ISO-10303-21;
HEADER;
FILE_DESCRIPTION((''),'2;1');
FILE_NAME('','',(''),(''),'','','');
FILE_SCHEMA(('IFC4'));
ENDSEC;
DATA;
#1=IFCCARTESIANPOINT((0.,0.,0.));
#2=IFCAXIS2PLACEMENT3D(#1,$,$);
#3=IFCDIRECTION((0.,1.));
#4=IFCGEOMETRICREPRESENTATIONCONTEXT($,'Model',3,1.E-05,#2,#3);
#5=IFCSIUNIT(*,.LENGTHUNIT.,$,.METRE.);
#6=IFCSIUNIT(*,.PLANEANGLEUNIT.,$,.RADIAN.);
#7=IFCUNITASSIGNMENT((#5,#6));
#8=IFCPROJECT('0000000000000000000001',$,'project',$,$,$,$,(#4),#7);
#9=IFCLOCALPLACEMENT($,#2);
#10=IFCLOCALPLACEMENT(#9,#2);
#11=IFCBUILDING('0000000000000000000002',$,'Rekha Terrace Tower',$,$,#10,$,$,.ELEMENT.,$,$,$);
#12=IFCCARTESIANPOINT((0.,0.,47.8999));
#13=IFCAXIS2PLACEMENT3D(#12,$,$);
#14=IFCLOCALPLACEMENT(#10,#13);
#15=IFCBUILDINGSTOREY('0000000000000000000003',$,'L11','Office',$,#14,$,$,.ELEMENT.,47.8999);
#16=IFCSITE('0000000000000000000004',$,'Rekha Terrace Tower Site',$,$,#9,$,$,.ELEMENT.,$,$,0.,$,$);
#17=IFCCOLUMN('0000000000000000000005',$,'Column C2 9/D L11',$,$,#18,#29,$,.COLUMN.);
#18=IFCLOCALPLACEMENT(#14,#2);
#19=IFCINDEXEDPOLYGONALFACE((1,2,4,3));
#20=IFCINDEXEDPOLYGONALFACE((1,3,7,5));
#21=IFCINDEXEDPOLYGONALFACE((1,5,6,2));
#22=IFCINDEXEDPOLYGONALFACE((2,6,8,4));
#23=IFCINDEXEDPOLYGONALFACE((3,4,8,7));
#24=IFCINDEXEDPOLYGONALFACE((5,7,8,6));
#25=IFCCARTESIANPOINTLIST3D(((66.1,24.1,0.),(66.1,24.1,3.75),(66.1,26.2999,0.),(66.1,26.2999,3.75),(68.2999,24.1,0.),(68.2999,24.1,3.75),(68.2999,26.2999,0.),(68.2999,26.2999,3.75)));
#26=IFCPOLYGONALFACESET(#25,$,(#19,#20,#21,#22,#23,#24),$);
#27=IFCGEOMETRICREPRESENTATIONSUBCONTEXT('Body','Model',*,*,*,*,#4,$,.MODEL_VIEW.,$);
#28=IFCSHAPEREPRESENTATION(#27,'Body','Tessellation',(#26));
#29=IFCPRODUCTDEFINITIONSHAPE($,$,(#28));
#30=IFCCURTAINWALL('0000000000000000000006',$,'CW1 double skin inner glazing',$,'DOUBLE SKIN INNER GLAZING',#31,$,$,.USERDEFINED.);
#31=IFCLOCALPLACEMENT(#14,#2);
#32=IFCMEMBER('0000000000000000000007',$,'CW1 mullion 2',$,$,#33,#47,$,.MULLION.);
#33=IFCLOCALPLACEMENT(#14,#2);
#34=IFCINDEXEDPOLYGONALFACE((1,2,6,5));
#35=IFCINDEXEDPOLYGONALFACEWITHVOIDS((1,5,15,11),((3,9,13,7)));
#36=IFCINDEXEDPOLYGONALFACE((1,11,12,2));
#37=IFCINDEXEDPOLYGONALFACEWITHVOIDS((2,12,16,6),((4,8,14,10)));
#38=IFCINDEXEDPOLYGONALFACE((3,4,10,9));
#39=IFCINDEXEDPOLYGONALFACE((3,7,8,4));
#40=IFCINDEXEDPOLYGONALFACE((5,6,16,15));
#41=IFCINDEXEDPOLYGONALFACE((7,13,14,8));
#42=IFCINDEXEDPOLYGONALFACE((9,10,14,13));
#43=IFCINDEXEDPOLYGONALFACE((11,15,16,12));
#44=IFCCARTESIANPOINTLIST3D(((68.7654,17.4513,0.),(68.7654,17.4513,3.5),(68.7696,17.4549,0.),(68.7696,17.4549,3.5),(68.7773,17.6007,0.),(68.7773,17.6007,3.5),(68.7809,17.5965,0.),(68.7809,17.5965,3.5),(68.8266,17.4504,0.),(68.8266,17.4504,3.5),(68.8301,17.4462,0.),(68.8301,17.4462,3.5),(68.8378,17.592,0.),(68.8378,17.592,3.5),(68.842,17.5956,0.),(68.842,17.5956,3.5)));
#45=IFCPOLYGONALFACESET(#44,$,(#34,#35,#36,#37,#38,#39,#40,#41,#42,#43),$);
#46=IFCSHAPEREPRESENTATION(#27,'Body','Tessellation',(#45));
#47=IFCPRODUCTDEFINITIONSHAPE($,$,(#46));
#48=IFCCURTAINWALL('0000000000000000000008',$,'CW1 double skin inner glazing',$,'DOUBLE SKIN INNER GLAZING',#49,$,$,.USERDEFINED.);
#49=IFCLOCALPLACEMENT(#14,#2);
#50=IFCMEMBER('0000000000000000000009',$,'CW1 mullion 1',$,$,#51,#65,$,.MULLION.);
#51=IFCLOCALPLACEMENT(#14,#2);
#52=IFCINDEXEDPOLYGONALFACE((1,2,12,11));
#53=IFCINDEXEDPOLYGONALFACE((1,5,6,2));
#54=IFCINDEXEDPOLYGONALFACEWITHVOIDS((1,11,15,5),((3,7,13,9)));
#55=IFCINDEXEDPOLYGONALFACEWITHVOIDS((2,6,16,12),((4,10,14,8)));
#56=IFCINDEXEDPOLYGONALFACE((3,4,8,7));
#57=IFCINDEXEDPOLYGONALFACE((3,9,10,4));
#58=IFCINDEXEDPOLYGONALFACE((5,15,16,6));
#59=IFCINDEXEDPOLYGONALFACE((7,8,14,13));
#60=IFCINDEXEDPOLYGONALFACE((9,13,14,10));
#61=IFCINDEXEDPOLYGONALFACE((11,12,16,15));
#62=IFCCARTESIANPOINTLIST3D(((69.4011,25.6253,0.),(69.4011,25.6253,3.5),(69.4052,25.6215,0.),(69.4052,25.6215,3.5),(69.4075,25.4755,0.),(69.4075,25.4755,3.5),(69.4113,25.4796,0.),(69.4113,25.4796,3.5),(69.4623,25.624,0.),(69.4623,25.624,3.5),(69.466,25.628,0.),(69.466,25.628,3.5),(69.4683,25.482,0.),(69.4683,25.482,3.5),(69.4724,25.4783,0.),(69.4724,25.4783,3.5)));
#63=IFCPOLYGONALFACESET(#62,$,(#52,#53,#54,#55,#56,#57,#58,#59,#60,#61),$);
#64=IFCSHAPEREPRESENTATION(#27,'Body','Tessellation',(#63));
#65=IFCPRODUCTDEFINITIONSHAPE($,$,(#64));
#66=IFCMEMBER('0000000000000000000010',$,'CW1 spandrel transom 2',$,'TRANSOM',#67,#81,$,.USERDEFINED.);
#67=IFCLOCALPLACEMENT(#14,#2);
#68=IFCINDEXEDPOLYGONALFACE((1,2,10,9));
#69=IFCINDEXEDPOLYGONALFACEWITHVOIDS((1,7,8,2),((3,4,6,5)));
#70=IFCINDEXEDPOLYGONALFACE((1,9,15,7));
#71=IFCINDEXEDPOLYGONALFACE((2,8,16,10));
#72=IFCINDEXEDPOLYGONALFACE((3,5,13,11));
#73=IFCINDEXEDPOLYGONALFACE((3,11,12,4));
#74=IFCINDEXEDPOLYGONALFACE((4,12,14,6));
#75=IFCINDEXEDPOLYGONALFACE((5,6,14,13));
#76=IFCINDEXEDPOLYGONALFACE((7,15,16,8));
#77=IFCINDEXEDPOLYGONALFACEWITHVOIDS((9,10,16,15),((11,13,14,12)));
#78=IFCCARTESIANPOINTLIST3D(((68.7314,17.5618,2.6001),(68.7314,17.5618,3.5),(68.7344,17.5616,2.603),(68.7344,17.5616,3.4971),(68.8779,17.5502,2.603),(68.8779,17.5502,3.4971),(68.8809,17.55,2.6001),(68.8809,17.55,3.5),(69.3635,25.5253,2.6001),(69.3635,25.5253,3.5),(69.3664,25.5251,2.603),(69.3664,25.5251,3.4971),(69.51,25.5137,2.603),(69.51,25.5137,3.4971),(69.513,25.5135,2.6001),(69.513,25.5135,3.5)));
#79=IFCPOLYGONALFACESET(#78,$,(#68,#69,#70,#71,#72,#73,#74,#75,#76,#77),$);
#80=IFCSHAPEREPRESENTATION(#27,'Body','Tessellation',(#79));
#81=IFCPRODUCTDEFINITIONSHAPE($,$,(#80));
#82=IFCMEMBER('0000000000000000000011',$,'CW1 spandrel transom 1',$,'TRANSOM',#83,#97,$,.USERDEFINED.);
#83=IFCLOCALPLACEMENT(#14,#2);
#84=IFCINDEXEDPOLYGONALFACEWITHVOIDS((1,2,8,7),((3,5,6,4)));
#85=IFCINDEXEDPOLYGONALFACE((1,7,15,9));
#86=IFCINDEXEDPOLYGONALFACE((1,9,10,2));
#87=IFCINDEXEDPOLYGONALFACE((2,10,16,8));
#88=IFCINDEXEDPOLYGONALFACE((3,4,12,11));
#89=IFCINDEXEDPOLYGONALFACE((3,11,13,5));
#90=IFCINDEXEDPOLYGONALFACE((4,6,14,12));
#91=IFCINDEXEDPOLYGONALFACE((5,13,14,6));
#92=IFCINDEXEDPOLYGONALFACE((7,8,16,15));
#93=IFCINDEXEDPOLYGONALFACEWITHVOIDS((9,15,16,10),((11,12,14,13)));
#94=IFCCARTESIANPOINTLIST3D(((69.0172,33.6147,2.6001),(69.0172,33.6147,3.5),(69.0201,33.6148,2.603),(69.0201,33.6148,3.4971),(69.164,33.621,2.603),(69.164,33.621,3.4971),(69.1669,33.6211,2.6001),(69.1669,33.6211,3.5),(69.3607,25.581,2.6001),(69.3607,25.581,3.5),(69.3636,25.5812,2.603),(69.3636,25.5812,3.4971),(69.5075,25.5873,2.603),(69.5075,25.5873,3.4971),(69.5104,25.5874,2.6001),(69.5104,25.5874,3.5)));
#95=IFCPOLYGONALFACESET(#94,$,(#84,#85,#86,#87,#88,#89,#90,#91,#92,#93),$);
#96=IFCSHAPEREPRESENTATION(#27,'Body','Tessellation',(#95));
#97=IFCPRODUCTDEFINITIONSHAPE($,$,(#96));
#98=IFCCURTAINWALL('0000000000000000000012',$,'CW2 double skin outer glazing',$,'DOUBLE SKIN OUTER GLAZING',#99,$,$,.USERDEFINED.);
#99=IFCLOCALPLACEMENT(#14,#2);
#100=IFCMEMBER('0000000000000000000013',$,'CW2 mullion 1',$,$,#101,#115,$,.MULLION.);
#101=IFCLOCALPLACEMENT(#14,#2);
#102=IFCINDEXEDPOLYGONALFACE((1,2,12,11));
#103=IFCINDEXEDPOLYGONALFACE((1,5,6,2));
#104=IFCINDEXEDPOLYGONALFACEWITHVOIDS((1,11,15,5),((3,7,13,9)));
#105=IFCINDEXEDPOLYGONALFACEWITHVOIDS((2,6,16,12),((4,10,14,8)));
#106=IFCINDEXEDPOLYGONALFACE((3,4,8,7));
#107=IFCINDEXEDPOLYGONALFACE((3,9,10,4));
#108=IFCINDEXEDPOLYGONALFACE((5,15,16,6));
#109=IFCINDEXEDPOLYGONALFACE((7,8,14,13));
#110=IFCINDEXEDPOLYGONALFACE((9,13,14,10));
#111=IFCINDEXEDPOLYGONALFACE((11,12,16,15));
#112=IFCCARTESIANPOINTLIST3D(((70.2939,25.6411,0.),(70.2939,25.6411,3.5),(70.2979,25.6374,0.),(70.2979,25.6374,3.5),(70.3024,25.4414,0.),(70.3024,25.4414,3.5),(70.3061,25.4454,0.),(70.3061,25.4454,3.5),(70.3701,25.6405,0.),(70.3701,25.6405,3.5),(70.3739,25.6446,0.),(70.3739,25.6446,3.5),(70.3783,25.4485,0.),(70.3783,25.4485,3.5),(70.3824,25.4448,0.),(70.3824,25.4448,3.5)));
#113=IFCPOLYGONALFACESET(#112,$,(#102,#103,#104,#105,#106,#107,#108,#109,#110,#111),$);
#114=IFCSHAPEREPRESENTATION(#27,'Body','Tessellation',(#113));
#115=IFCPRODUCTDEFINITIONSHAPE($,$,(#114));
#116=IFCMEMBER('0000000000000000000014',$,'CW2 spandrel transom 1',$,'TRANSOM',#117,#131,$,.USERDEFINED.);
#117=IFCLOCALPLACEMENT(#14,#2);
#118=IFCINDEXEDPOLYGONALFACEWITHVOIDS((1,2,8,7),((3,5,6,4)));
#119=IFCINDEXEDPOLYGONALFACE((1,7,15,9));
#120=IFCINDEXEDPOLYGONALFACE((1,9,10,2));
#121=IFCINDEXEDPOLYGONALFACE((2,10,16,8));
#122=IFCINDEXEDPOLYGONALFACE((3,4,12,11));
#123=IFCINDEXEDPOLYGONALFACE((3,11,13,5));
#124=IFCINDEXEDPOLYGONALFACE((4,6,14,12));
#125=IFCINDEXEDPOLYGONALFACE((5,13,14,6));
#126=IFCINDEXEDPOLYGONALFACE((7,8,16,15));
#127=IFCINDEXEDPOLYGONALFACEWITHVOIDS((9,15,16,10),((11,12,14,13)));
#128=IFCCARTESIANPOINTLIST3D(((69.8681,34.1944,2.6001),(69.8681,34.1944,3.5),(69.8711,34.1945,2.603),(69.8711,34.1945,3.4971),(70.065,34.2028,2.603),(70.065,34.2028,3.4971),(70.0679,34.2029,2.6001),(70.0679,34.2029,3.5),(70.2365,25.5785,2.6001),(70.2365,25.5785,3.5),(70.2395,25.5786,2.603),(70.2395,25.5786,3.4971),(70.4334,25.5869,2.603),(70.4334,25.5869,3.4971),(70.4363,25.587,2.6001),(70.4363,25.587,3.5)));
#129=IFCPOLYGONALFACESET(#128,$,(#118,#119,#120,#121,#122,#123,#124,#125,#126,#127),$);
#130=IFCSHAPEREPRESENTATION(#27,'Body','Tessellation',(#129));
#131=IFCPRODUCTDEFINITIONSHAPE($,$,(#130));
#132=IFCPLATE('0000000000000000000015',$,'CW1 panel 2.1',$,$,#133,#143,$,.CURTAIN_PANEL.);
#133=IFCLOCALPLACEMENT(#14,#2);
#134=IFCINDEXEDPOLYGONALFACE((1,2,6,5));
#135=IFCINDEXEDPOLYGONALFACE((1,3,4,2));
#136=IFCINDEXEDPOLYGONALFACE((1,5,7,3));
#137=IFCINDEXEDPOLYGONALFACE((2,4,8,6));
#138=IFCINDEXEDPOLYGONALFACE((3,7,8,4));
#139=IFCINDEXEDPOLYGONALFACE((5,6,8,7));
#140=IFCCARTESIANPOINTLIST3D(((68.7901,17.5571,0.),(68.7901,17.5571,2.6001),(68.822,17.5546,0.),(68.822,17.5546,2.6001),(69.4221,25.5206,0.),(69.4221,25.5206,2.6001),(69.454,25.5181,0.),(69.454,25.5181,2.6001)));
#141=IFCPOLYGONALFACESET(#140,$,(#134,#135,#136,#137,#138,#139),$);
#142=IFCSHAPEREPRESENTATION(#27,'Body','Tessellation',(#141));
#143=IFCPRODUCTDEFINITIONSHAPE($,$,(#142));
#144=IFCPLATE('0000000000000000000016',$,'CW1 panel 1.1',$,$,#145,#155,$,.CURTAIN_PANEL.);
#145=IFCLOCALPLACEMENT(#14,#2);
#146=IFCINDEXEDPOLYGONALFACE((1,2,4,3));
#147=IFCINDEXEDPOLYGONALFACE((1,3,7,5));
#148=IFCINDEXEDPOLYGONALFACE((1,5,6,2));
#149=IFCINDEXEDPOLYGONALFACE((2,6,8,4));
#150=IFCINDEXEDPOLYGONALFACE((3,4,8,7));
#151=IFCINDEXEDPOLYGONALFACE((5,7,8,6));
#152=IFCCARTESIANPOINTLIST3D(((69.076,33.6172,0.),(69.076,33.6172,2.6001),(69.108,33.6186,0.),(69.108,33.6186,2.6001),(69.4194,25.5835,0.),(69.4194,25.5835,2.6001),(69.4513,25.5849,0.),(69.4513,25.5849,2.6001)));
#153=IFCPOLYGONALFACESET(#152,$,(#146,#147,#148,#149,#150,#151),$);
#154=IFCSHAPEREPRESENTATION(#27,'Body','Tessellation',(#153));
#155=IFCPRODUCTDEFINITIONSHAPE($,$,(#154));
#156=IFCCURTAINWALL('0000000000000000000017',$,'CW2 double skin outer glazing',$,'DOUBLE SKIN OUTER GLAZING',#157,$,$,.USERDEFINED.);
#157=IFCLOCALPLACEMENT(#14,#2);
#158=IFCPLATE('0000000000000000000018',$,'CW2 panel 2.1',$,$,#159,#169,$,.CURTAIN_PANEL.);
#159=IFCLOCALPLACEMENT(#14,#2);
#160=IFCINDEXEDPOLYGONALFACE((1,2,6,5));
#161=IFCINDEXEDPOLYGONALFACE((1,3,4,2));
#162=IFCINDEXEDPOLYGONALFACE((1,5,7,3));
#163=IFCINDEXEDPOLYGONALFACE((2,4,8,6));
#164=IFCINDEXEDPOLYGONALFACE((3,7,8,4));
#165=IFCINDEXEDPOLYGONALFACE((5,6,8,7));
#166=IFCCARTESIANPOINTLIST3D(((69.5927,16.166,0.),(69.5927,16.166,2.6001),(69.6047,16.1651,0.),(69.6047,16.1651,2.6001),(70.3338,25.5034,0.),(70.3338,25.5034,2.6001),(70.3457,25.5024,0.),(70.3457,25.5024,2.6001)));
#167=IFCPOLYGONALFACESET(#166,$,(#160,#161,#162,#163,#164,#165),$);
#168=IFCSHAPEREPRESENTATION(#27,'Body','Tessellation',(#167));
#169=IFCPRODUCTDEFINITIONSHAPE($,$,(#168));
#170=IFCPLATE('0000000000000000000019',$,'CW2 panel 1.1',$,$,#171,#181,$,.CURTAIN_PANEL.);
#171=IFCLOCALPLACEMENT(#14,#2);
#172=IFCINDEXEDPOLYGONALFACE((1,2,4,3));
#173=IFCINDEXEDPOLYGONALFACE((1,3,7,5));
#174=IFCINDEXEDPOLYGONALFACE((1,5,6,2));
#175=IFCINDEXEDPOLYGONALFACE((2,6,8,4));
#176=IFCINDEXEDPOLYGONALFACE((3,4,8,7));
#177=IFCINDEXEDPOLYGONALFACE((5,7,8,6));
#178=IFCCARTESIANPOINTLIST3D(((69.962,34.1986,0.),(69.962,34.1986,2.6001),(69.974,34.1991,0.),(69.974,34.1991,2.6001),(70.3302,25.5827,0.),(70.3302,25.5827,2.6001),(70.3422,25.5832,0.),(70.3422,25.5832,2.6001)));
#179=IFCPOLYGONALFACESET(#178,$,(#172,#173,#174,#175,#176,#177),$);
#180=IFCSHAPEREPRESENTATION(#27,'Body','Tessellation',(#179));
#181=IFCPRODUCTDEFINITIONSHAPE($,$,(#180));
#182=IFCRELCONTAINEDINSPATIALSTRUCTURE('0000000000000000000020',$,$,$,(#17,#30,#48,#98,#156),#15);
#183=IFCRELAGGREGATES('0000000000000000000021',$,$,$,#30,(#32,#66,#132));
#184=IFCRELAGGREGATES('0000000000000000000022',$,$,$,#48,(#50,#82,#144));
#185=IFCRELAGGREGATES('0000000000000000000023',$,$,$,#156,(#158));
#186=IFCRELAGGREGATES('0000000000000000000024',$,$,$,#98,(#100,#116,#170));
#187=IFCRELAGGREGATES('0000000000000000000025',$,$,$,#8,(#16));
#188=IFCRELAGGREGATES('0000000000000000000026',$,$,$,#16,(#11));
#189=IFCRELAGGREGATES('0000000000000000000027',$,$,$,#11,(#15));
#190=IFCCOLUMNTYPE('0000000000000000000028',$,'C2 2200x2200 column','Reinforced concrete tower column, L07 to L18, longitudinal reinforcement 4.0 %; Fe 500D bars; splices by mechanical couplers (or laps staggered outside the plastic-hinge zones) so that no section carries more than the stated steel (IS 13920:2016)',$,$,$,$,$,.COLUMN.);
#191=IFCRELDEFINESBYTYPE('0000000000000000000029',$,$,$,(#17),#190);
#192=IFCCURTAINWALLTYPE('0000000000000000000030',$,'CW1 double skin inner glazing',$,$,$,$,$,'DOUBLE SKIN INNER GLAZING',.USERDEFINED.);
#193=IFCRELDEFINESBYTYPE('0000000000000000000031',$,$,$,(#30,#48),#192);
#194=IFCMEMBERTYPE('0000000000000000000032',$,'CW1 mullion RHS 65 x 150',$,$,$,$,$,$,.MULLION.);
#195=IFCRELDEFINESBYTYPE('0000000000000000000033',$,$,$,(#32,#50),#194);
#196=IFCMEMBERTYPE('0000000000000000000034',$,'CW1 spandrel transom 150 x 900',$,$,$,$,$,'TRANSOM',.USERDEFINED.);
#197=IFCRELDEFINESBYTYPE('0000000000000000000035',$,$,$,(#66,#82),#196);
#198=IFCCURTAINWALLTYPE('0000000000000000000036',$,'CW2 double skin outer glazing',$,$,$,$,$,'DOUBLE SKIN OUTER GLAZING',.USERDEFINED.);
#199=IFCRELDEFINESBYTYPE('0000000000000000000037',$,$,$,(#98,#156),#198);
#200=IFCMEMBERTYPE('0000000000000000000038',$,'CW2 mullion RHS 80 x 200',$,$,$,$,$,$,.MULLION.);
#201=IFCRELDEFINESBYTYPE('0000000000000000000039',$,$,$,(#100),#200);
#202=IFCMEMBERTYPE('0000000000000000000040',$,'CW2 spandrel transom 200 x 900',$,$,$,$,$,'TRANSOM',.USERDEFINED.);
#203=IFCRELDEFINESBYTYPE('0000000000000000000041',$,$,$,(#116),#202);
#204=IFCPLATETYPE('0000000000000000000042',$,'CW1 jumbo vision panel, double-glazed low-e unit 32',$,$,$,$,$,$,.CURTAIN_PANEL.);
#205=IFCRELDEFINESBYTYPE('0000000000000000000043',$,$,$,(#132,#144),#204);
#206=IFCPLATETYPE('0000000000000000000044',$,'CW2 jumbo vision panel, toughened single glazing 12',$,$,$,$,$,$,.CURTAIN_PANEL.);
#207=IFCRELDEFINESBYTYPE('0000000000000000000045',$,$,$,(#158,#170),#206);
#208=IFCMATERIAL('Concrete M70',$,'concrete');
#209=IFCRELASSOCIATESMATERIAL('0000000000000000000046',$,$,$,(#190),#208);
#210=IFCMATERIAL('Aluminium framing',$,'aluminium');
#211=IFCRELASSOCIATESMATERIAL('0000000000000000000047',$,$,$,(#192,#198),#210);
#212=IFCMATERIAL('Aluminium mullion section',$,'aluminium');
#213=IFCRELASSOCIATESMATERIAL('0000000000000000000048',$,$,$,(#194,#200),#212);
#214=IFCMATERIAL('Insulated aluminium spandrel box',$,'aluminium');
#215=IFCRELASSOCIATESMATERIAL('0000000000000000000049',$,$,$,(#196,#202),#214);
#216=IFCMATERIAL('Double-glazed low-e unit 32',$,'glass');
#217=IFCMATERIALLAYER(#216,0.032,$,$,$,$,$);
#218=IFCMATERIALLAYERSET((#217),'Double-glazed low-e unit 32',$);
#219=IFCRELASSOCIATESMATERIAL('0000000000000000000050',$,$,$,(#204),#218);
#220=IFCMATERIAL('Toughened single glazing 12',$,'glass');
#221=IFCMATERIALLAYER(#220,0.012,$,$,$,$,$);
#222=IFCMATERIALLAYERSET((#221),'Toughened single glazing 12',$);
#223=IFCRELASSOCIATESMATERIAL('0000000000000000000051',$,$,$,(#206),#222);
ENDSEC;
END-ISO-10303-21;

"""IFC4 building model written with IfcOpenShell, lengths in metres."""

from ifc_helpers import new_model, si_unit, direction, frame, origin, origin_2d, place, context, subcontext, project, spatial, rectangle, hollow_rectangle, extrude, material, layer, layer_set, material_profile, profile_set, type_object, element, aggregate, save


model = new_model("IFC4")

# Units and contexts
model_context = context("Model", 3, precision=1e-05, world=origin(), true_north=direction((0.0, 1.0)))
body_context = subcontext(model_context, "Body", "Model", "MODEL_VIEW")
ifc_project = project(units=[si_unit("LENGTHUNIT", "METRE"), si_unit("PLANEANGLEUNIT", "RADIAN")], contexts=[model_context])

# Site, building, storey
site_placement = place(None, origin())
site = spatial("IfcSite", under=ifc_project, at=site_placement, Name="Rekha Terrace Tower Site", CompositionType="ELEMENT", RefElevation=0.0)
building_placement = place(site_placement, origin())
building = spatial("IfcBuilding", under=site, at=building_placement, Name="Rekha Terrace Tower", CompositionType="ELEMENT")
storey_placement = place(building_placement, frame((0.0, 0.0, 47.8999)))
storey = spatial("IfcBuildingStorey", under=building, at=storey_placement, Name="L11", Description="Office", CompositionType="ELEMENT", Elevation=47.8999)

# Column
ifc_material_1 = material(Name="Concrete M70", Category="concrete")
ifc_material_profile_1 = material_profile(ifc_material_1, rectangle(XDim=2.2, YDim=2.2, at=origin_2d()), Name="RC 2200x2200")
ifc_profile_set_1 = profile_set([ifc_material_profile_1], Name="Concrete M70")
column_type = type_object("IfcColumnType", Name="C2 2200x2200 column", Description="Reinforced concrete tower column, L07 to L18, longitudinal reinforcement 4.0 %; Fe 500D bars; splices by mechanical couplers (or laps staggered outside the plastic-hinge zones) so that no section carries more than the stated steel (IS 13920:2016)", PredefinedType="COLUMN", material=ifc_profile_set_1)
column_placement = place(storey_placement, frame((67.2, 25.2, 0.0), z_axis=(0.0, 0.0, 1.0), x_axis=(1.0, 0.0, 0.0)))
element("IfcColumn", 1, at=column_placement, inside=storey, type_object=column_type, Name="Column C2 9/D L11", PredefinedType="COLUMN", context=body_context, shape_type="SweptSolid", body=[
    extrude(rectangle(XDim=2.2, YDim=2.2, at=origin_2d()), origin(), (0.0, 0.0, 1.0), 3.75),
])

# Curtain walls, members
ifc_material_2 = material(Name="Aluminium framing", Category="aluminium")
curtain_wall_type_1 = type_object("IfcCurtainWallType", Name="CW1 double skin inner glazing", ElementType="DOUBLE SKIN INNER GLAZING", PredefinedType="USERDEFINED", material=ifc_material_2)
curtain_wall_1_placement = place(storey_placement, origin())
curtain_wall_1 = element("IfcCurtainWall", 2, at=curtain_wall_1_placement, inside=storey, type_object=curtain_wall_type_1, Name="CW1 double skin inner glazing", ObjectType="DOUBLE SKIN INNER GLAZING", PredefinedType="USERDEFINED")
ifc_material_3 = material(Name="Aluminium mullion section", Category="aluminium")
ifc_material_profile_2 = material_profile(ifc_material_3, hollow_rectangle(XDim=0.0649, YDim=0.1499, WallThickness=0.0039, at=origin_2d()), Name="AL RHS 65x150")
ifc_profile_set_2 = profile_set([ifc_material_profile_2], Name="Aluminium mullion section")
member_type_1 = type_object("IfcMemberType", Name="CW1 mullion RHS 65 x 150", PredefinedType="MULLION", material=ifc_profile_set_2)
member_1_placement = place(storey_placement, frame((68.8037, 17.5234, 0.0), z_axis=(0.0, 0.0, 1.0), x_axis=(-0.996865, 0.079116, 0.0)))
member_1 = element("IfcMember", 3, at=member_1_placement, type_object=member_type_1, Name="CW1 mullion 2", PredefinedType="MULLION", context=body_context, shape_type="SweptSolid", body=[
    extrude(hollow_rectangle(XDim=0.0649, YDim=0.1499, WallThickness=0.0039, at=origin_2d()), origin(), (0.0, 0.0, 1.0), 3.5),
])
curtain_wall_2_placement = place(storey_placement, origin())
curtain_wall_2 = element("IfcCurtainWall", 4, at=curtain_wall_2_placement, inside=storey, type_object=curtain_wall_type_1, Name="CW1 double skin inner glazing", ObjectType="DOUBLE SKIN INNER GLAZING", PredefinedType="USERDEFINED")
member_2_placement = place(storey_placement, frame((69.4368, 25.5518, 0.0), z_axis=(0.0, 0.0, 1.0), x_axis=(-0.999088, -0.042696, 0.0)))
member_2 = element("IfcMember", 5, at=member_2_placement, type_object=member_type_1, Name="CW1 mullion 1", PredefinedType="MULLION", context=body_context, shape_type="SweptSolid", body=[
    extrude(hollow_rectangle(XDim=0.0649, YDim=0.1499, WallThickness=0.0039, at=origin_2d()), origin(), (0.0, 0.0, 1.0), 3.5),
])

# Members
ifc_material_4 = material(Name="Insulated aluminium spandrel box", Category="aluminium")
ifc_material_profile_3 = material_profile(ifc_material_4, hollow_rectangle(XDim=0.1499, YDim=0.8999, WallThickness=0.0029, at=origin_2d()), Name="AL SPANDREL BOX 150x900")
ifc_profile_set_3 = profile_set([ifc_material_profile_3], Name="Insulated aluminium spandrel box")
member_type_2 = type_object("IfcMemberType", Name="CW1 spandrel transom 150 x 900", ElementType="TRANSOM", PredefinedType="USERDEFINED", material=ifc_profile_set_3)
member_3_placement = place(storey_placement, frame((68.8062, 17.5559, 3.05), z_axis=(0.079124, 0.996865, 0.0), x_axis=(-0.996865, 0.079124, 0.0)))
member_3 = element("IfcMember", 6, at=member_3_placement, type_object=member_type_2, Name="CW1 spandrel transom 2", ObjectType="TRANSOM", PredefinedType="USERDEFINED", context=body_context, shape_type="SweptSolid", body=[
    extrude(hollow_rectangle(XDim=0.1499, YDim=0.8999, WallThickness=0.0029, at=origin_2d()), origin(), (0.0, 0.0, 1.0), 7.9885),
])
member_4_placement = place(storey_placement, frame((69.4355, 25.5842, 3.05), z_axis=(-0.042719, 0.999087, 0.0), x_axis=(-0.999087, -0.042719, 0.0)))
member_4 = element("IfcMember", 7, at=member_4_placement, type_object=member_type_2, Name="CW1 spandrel transom 1", ObjectType="TRANSOM", PredefinedType="USERDEFINED", context=body_context, shape_type="SweptSolid", body=[
    extrude(hollow_rectangle(XDim=0.1499, YDim=0.8999, WallThickness=0.0029, at=origin_2d()), origin(), (0.0, 0.0, 1.0), 8.041),
])

# Curtain wall, members
curtain_wall_type_2 = type_object("IfcCurtainWallType", Name="CW2 double skin outer glazing", ElementType="DOUBLE SKIN OUTER GLAZING", PredefinedType="USERDEFINED", material=ifc_material_2)
curtain_wall_3_placement = place(storey_placement, origin())
curtain_wall_3 = element("IfcCurtainWall", 8, at=curtain_wall_3_placement, inside=storey, type_object=curtain_wall_type_2, Name="CW2 double skin outer glazing", ObjectType="DOUBLE SKIN OUTER GLAZING", PredefinedType="USERDEFINED")
ifc_material_profile_4 = material_profile(ifc_material_3, hollow_rectangle(XDim=0.0801, YDim=0.2, WallThickness=0.0039, at=origin_2d()), Name="AL RHS 80x200")
ifc_profile_set_4 = profile_set([ifc_material_profile_4], Name="Aluminium mullion section")
member_type_3 = type_object("IfcMemberType", Name="CW2 mullion RHS 80 x 200", PredefinedType="MULLION", material=ifc_profile_set_4)
member_5_placement = place(storey_placement, frame((70.3381, 25.543, 0.0), z_axis=(0.0, 0.0, 1.0), x_axis=(-0.999088, -0.042696, 0.0)))
member_5 = element("IfcMember", 9, at=member_5_placement, type_object=member_type_3, Name="CW2 mullion 1", PredefinedType="MULLION", context=body_context, shape_type="SweptSolid", body=[
    extrude(hollow_rectangle(XDim=0.0801, YDim=0.2, WallThickness=0.0039, at=origin_2d()), origin(), (0.0, 0.0, 1.0), 3.5),
])
ifc_material_profile_5 = material_profile(ifc_material_4, hollow_rectangle(XDim=0.2, YDim=0.8999, WallThickness=0.0029, at=origin_2d()), Name="AL SPANDREL BOX 200x900")
ifc_profile_set_5 = profile_set([ifc_material_profile_5], Name="Insulated aluminium spandrel box")
member_type_4 = type_object("IfcMemberType", Name="CW2 spandrel transom 200 x 900", ElementType="TRANSOM", PredefinedType="USERDEFINED", material=ifc_profile_set_5)
member_6_placement = place(storey_placement, frame((70.3364, 25.5828, 3.05), z_axis=(-0.04272, 0.999087, 0.0), x_axis=(-0.999087, -0.04272, 0.0)))
member_6 = element("IfcMember", 10, at=member_6_placement, type_object=member_type_4, Name="CW2 spandrel transom 1", ObjectType="TRANSOM", PredefinedType="USERDEFINED", context=body_context, shape_type="SweptSolid", body=[
    extrude(hollow_rectangle(XDim=0.2, YDim=0.8999, WallThickness=0.0029, at=origin_2d()), origin(), (0.0, 0.0, 1.0), 8.6238),
])

# Plates
ifc_material_5 = material(Name="Double-glazed low-e unit 32", Category="glass")
ifc_layer_1 = layer(ifc_material_5, 0.032)
ifc_layer_set_1 = layer_set([ifc_layer_1], Name="Double-glazed low-e unit 32")
plate_type_1 = type_object("IfcPlateType", Name="CW1 jumbo vision panel, double-glazed low-e unit 32", PredefinedType="CURTAIN_PANEL", material=ifc_layer_set_1)
plate_1_placement = place(storey_placement, frame((69.1221, 21.5376, 0.0), z_axis=(0.0, 0.0, 1.0), x_axis=(0.079116, 0.996865, 0.0)))
plate_1 = element("IfcPlate", 11, at=plate_1_placement, type_object=plate_type_1, Name="CW1 panel 2.1", PredefinedType="CURTAIN_PANEL", context=body_context, shape_type="SweptSolid", body=[
    extrude(rectangle(XDim=7.9885, YDim=0.032, at=origin_2d()), origin(), (0.0, 0.0, 1.0), 2.6001),
])
aggregate(curtain_wall_1, [member_1, member_3, plate_1])
plate_2_placement = place(storey_placement, frame((69.2637, 29.6011, 0.0), z_axis=(0.0, 0.0, 1.0), x_axis=(-0.042696, 0.999088, 0.0)))
plate_2 = element("IfcPlate", 12, at=plate_2_placement, type_object=plate_type_1, Name="CW1 panel 1.1", PredefinedType="CURTAIN_PANEL", context=body_context, shape_type="SweptSolid", body=[
    extrude(rectangle(XDim=8.041, YDim=0.032, at=origin_2d()), origin(), (0.0, 0.0, 1.0), 2.6001),
])
aggregate(curtain_wall_2, [member_2, member_4, plate_2])

# Curtain wall, plate
curtain_wall_4_placement = place(storey_placement, origin())
curtain_wall_4 = element("IfcCurtainWall", 13, at=curtain_wall_4_placement, inside=storey, type_object=curtain_wall_type_2, Name="CW2 double skin outer glazing", ObjectType="DOUBLE SKIN OUTER GLAZING", PredefinedType="USERDEFINED")
ifc_material_6 = material(Name="Toughened single glazing 12", Category="glass")
ifc_layer_2 = layer(ifc_material_6, 0.012)
ifc_layer_set_2 = layer_set([ifc_layer_2], Name="Toughened single glazing 12")
plate_type_2 = type_object("IfcPlateType", Name="CW2 jumbo vision panel, toughened single glazing 12", PredefinedType="CURTAIN_PANEL", material=ifc_layer_set_2)
plate_3_placement = place(storey_placement, frame((69.9692, 20.8342, 0.0), z_axis=(0.0, 0.0, 1.0), x_axis=(0.079116, 0.996865, 0.0)))
plate_3 = element("IfcPlate", 14, at=plate_3_placement, type_object=plate_type_2, Name="CW2 panel 2.1", PredefinedType="CURTAIN_PANEL", context=body_context, shape_type="SweptSolid", body=[
    extrude(rectangle(XDim=9.3667, YDim=0.012, at=origin_2d()), origin(), (0.0, 0.0, 1.0), 2.6001),
])
aggregate(curtain_wall_4, [plate_3])

# Plate
plate_4_placement = place(storey_placement, frame((70.1521, 29.8909, 0.0), z_axis=(0.0, 0.0, 1.0), x_axis=(-0.042696, 0.999088, 0.0)))
plate_4 = element("IfcPlate", 15, at=plate_4_placement, type_object=plate_type_2, Name="CW2 panel 1.1", PredefinedType="CURTAIN_PANEL", context=body_context, shape_type="SweptSolid", body=[
    extrude(rectangle(XDim=8.6238, YDim=0.012, at=origin_2d()), origin(), (0.0, 0.0, 1.0), 2.6001),
])
aggregate(curtain_wall_3, [member_5, member_6, plate_4])

save(model, "model.ifc")
